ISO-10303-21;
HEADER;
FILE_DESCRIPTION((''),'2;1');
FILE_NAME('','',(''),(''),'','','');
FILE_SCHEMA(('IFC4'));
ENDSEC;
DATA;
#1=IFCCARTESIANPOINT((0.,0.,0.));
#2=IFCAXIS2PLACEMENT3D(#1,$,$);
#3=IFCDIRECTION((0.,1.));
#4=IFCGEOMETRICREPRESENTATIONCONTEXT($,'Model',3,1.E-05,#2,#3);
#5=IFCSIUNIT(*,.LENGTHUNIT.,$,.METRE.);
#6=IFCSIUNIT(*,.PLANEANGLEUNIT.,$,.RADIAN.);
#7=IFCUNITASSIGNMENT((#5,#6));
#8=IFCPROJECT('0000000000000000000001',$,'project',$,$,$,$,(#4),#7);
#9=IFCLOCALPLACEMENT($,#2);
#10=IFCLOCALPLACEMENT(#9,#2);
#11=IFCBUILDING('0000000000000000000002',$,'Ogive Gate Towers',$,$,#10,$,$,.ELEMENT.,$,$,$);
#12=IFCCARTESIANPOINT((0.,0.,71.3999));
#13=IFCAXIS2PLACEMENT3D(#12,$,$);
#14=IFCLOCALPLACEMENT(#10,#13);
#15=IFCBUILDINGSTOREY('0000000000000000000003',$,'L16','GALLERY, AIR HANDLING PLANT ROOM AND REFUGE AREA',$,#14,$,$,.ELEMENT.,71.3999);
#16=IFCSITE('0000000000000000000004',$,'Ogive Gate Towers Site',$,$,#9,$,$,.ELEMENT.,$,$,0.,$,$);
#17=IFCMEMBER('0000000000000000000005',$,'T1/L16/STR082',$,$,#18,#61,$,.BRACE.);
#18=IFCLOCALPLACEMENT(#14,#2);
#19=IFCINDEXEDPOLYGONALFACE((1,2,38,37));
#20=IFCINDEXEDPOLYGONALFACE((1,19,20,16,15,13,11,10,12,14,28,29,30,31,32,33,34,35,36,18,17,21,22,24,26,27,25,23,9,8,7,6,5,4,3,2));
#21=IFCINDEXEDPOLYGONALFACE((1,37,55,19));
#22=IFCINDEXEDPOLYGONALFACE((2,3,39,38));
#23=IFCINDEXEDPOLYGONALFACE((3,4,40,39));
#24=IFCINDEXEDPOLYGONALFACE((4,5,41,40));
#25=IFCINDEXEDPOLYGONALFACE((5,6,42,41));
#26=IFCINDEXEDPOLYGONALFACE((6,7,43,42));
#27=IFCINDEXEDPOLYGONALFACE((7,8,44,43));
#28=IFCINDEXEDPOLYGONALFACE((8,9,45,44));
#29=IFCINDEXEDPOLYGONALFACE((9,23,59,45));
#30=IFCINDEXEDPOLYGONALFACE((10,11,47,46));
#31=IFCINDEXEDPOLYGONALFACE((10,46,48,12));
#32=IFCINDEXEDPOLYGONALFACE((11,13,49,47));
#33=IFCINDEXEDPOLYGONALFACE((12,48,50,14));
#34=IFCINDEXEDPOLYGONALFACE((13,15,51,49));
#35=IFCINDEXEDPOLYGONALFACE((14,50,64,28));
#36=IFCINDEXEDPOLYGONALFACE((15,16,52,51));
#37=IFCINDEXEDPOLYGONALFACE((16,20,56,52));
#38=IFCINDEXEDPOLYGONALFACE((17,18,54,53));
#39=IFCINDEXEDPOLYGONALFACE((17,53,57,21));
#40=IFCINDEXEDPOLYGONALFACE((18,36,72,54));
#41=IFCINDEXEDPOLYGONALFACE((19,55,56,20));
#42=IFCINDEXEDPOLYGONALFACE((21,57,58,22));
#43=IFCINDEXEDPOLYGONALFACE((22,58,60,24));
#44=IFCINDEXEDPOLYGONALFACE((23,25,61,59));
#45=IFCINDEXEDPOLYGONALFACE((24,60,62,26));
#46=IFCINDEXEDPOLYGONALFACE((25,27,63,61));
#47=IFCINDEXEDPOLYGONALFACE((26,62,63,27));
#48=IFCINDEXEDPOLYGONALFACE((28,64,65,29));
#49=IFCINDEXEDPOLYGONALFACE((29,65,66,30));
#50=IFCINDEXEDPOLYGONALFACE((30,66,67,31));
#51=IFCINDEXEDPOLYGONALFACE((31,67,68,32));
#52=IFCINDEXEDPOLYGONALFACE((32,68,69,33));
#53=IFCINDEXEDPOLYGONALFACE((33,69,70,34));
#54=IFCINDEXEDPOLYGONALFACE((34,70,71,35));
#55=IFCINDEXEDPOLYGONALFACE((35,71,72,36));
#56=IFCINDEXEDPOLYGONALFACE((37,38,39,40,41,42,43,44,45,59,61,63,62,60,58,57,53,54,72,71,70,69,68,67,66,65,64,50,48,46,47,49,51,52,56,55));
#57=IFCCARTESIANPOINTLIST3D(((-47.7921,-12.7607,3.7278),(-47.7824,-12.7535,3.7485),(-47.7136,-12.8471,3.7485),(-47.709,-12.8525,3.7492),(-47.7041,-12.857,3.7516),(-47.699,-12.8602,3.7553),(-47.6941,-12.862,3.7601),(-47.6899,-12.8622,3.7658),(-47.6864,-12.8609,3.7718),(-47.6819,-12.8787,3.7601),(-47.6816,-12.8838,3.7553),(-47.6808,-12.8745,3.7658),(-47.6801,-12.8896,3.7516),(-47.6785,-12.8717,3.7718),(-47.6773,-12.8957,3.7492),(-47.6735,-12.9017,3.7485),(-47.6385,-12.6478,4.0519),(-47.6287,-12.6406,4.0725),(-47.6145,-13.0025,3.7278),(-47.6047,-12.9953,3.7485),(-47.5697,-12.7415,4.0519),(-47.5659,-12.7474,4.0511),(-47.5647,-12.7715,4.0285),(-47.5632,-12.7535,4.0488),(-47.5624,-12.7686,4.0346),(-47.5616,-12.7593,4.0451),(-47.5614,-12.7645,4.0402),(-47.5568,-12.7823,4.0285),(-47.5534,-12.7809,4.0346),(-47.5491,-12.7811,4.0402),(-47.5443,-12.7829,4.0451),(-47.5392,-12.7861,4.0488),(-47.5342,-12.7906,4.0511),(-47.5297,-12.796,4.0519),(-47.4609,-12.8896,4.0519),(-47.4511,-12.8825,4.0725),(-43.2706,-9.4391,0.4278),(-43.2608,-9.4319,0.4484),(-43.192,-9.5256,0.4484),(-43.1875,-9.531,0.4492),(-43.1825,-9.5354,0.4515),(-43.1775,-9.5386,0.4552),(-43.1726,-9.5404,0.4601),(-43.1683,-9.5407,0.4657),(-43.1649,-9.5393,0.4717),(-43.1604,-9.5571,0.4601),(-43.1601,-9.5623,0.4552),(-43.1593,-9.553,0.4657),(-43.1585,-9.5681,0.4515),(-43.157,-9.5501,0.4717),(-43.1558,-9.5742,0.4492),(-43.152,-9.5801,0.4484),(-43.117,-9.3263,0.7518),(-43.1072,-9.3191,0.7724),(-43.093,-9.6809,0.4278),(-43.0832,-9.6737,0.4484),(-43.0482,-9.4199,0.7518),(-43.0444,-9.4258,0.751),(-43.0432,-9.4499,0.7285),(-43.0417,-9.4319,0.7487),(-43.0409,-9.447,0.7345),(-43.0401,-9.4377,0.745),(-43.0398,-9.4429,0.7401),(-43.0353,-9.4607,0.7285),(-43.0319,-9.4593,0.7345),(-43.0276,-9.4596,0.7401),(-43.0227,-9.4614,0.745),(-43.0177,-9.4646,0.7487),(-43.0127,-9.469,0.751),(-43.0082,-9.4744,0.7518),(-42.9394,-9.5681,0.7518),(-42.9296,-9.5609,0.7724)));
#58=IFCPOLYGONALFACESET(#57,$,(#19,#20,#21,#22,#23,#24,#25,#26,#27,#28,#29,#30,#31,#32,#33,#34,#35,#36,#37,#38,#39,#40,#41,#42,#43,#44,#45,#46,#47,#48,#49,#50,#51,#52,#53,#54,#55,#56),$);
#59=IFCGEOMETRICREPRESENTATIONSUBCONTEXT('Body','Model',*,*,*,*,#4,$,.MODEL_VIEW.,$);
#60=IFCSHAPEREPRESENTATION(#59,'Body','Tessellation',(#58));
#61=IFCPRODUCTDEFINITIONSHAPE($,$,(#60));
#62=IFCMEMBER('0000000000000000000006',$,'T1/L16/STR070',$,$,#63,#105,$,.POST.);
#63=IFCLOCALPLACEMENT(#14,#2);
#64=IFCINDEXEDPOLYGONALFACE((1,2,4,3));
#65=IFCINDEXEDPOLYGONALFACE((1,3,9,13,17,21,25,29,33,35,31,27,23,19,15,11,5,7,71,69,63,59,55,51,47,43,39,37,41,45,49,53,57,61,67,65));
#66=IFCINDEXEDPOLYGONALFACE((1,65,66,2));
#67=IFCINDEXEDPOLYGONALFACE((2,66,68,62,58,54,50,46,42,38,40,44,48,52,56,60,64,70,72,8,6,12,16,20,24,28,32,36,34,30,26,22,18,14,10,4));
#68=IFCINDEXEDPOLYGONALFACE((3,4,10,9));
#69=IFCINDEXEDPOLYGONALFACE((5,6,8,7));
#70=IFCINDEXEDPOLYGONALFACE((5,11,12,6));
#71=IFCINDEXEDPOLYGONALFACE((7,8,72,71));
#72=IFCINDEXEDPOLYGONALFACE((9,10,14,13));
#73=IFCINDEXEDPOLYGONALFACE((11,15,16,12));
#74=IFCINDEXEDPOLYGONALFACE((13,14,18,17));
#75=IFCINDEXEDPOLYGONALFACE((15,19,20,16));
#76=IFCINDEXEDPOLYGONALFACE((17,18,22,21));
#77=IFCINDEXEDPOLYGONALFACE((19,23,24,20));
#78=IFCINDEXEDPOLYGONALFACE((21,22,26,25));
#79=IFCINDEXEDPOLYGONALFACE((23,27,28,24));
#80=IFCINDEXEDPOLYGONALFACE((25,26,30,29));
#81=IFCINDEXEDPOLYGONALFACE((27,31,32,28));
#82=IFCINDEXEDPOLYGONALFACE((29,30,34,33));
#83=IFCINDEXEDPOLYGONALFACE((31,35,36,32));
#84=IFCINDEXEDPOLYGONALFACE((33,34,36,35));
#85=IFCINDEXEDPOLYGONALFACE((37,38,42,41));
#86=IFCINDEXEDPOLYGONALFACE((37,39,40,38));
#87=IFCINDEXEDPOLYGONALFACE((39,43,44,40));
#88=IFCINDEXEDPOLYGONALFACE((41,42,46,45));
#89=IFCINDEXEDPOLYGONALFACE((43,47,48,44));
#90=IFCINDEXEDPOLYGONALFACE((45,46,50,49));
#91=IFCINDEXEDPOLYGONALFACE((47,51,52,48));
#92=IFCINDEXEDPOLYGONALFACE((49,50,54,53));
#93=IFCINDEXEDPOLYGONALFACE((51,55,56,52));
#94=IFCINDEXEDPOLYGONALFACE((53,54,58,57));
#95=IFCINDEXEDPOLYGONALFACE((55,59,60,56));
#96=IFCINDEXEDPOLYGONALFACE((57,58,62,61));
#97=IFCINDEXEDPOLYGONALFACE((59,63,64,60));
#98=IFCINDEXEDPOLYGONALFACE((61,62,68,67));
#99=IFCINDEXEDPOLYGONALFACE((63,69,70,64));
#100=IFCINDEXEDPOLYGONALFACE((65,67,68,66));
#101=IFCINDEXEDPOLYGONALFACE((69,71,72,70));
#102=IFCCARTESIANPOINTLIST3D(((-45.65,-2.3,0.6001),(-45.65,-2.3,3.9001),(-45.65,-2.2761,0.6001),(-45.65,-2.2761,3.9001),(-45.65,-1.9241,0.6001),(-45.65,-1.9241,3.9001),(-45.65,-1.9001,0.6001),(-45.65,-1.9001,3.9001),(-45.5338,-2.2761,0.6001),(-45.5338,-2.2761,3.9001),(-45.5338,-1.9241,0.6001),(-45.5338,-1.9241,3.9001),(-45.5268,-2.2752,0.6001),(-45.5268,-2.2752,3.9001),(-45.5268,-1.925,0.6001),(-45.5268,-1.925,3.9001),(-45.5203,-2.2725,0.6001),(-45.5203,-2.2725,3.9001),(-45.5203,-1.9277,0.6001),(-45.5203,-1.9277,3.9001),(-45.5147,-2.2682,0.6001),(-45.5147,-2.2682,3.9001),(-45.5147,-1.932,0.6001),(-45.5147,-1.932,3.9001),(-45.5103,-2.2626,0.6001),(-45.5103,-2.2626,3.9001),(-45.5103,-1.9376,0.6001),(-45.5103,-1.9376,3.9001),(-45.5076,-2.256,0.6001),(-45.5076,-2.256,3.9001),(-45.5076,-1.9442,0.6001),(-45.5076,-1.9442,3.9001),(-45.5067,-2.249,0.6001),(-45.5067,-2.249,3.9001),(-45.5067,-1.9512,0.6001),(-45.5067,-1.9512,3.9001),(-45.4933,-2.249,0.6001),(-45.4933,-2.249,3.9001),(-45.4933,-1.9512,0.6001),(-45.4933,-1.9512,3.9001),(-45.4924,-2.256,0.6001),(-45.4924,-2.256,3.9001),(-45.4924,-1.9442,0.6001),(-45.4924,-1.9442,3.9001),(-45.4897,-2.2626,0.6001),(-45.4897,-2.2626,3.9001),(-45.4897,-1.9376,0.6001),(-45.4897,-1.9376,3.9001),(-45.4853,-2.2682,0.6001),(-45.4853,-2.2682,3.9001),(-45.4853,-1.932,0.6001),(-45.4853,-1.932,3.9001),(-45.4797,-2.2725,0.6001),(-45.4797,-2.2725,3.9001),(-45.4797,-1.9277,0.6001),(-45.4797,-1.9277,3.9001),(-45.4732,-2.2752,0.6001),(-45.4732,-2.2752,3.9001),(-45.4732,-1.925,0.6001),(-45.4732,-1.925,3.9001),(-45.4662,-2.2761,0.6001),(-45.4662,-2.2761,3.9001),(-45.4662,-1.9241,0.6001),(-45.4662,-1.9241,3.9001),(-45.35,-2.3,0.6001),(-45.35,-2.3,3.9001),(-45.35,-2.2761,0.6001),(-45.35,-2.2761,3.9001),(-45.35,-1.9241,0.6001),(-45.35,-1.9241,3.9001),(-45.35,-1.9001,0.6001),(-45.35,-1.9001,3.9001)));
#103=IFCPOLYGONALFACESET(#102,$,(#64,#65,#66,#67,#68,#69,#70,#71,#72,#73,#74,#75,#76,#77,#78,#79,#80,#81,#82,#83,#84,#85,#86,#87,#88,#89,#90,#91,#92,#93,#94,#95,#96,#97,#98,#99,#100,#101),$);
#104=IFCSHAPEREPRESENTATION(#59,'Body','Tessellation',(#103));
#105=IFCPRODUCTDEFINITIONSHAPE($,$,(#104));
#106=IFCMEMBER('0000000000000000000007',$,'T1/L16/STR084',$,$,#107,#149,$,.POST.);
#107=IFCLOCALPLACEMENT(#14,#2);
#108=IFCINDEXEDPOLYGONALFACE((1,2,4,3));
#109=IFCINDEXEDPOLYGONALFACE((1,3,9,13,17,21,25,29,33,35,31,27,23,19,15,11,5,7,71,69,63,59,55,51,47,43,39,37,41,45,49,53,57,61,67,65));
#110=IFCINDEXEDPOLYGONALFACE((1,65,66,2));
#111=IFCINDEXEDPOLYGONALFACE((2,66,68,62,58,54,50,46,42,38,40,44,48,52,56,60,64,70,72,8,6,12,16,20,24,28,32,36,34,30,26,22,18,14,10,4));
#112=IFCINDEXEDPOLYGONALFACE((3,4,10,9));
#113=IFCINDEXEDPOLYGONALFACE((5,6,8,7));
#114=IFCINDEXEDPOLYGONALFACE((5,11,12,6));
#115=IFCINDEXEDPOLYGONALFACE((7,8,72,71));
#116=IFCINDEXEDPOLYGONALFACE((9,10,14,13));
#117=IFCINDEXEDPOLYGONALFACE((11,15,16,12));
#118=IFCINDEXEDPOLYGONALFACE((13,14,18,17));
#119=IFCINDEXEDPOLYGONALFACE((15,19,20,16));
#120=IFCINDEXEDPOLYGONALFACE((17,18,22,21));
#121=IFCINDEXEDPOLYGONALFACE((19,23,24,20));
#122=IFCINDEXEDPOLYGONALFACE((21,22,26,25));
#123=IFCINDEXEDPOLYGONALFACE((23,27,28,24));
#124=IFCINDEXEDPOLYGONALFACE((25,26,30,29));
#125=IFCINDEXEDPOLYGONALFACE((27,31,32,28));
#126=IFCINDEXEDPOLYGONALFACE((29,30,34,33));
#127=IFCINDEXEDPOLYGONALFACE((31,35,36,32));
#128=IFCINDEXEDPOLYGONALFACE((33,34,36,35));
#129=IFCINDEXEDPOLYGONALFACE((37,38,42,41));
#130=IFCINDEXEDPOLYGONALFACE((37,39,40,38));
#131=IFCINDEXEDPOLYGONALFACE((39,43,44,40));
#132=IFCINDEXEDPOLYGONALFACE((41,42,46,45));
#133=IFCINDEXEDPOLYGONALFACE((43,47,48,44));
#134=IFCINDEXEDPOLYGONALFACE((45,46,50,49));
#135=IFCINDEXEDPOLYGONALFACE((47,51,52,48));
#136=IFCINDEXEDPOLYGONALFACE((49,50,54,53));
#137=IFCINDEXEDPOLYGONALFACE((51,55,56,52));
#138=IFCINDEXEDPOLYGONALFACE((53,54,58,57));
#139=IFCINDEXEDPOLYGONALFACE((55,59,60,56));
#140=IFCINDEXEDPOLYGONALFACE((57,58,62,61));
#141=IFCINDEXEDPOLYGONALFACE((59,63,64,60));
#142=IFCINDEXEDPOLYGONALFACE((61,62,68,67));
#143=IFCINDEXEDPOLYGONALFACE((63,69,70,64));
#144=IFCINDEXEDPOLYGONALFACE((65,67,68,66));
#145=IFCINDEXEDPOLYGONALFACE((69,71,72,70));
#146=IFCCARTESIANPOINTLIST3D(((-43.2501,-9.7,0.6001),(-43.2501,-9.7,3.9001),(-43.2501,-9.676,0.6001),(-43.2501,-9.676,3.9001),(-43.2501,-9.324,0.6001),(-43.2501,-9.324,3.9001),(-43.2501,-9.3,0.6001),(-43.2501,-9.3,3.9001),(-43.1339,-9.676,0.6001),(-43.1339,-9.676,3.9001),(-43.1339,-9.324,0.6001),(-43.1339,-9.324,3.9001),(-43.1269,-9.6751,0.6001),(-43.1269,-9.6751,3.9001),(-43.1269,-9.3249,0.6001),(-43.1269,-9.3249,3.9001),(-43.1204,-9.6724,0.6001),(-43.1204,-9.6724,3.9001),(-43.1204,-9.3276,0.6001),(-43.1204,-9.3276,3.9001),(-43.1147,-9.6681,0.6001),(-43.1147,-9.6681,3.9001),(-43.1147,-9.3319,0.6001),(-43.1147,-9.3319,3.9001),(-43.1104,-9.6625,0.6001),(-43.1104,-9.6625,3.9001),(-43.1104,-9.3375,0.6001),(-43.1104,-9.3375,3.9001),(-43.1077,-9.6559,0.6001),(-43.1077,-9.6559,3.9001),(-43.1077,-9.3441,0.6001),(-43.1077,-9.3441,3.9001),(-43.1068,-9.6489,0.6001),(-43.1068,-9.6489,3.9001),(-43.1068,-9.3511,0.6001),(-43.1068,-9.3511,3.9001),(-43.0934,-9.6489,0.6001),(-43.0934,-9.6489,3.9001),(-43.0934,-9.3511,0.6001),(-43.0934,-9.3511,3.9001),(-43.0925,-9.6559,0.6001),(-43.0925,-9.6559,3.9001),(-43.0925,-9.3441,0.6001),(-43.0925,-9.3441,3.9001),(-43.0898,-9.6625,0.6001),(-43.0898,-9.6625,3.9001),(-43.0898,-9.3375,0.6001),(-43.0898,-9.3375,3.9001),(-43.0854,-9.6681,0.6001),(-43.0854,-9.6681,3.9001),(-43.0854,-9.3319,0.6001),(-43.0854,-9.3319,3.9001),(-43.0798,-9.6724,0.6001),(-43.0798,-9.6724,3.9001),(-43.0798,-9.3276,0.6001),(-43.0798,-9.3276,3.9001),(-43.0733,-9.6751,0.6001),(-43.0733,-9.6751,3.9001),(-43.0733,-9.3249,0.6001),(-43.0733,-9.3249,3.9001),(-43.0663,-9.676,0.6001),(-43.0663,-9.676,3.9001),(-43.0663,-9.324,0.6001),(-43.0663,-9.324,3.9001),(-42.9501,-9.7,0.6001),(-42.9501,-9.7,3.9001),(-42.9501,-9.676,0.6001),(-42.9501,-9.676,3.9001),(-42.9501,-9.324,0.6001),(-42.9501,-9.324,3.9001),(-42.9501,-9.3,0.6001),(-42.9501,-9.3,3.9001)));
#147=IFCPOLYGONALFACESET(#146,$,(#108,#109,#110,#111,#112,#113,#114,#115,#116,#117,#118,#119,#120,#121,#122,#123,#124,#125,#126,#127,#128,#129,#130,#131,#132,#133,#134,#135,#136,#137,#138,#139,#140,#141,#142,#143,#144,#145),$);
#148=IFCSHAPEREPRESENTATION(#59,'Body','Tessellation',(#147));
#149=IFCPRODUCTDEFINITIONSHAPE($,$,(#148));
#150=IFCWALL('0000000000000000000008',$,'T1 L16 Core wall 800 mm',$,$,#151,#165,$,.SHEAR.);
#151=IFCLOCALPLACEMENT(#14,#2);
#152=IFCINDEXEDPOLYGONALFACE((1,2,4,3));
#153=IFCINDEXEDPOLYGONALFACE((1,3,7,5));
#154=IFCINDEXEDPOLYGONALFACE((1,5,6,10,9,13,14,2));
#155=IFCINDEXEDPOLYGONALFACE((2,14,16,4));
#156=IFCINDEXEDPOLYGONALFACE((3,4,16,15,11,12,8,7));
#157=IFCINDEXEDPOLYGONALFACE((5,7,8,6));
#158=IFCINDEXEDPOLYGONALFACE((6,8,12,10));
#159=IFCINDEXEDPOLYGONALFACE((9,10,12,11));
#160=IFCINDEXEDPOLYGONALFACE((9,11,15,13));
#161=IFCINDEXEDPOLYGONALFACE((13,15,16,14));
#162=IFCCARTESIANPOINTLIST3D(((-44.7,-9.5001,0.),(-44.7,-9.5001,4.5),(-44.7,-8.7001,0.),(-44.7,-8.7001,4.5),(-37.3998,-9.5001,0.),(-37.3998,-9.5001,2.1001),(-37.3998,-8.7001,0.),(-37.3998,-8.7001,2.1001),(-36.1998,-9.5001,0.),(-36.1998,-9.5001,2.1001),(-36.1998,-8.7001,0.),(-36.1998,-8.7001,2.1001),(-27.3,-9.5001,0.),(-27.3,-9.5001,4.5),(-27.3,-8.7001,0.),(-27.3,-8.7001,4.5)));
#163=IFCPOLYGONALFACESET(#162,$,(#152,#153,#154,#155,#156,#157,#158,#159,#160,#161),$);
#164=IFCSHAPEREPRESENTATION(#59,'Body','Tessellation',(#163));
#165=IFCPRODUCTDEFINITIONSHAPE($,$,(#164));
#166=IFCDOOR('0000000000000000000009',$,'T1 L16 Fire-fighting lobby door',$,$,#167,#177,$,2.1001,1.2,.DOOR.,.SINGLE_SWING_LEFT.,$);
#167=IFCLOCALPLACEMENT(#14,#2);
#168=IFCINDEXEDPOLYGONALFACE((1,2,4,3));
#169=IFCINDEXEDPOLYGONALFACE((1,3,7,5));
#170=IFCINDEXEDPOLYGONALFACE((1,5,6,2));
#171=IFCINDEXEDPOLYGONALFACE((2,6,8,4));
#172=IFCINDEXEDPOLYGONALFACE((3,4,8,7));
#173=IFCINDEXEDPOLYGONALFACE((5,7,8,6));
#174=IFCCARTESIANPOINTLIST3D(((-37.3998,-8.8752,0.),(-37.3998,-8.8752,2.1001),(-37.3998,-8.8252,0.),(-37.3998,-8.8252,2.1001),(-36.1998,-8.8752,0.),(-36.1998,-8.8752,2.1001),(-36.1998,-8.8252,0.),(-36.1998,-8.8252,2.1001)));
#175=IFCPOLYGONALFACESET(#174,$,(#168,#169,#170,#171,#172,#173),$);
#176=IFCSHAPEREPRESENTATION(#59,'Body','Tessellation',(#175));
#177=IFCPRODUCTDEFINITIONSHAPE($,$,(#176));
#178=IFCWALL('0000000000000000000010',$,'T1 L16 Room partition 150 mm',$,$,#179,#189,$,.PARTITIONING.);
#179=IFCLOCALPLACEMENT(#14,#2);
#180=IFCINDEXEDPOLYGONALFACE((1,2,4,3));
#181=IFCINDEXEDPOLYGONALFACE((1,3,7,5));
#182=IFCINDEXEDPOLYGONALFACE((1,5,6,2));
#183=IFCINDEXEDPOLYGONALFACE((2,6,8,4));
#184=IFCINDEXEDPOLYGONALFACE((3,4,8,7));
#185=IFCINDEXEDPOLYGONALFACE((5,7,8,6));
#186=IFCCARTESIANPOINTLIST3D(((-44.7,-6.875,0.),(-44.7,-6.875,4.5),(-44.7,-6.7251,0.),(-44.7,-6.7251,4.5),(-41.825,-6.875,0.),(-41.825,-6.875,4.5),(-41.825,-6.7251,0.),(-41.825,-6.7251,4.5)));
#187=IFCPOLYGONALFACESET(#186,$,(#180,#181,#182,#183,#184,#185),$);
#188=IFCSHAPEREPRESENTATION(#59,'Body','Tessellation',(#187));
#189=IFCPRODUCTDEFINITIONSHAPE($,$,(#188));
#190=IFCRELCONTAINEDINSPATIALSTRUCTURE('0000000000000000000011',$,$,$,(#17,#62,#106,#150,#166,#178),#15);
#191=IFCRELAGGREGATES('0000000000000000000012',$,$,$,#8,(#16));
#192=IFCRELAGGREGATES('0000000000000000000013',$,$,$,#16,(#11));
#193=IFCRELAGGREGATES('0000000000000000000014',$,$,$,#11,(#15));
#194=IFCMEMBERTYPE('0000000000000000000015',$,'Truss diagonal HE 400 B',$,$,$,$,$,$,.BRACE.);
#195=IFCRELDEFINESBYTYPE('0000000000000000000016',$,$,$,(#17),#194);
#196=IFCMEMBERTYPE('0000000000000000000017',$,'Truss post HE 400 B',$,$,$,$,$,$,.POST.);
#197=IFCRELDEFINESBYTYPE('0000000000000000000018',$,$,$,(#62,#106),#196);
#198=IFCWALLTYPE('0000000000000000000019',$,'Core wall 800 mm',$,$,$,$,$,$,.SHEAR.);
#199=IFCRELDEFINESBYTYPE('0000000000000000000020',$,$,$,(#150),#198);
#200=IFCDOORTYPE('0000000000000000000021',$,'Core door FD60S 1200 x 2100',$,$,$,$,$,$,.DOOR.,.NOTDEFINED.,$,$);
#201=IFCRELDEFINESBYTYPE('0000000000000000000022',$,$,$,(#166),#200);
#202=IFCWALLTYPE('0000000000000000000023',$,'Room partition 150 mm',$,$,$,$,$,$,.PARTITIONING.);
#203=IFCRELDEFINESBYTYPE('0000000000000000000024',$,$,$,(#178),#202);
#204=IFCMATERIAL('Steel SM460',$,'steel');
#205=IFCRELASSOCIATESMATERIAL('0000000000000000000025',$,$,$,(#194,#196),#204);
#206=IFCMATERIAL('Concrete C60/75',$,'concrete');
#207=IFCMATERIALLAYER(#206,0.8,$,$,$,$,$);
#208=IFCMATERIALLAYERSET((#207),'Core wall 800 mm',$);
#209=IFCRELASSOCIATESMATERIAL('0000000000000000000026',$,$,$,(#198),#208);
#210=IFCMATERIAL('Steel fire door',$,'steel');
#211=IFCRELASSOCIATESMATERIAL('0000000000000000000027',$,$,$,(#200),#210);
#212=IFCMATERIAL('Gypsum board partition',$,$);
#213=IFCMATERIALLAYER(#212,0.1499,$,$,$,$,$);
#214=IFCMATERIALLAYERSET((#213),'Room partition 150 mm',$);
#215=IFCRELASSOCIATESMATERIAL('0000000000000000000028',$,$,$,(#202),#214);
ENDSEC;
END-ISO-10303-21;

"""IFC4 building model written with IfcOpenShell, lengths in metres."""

from ifc_helpers import new_model, si_unit, direction, frame, frame_2d, origin, origin_2d, place, context, subcontext, project, spatial, rectangle, i_section, extrude, material, layer, layer_set, material_profile, profile_set, type_object, element, fill, save


model = new_model("IFC4")

# Units and contexts
model_context = context("Model", 3, precision=1e-05, world=origin(), true_north=direction((0.0, 1.0)))
body_context = subcontext(model_context, "Body", "Model", "MODEL_VIEW")
ifc_project = project(units=[si_unit("LENGTHUNIT", "METRE"), si_unit("PLANEANGLEUNIT", "RADIAN")], contexts=[model_context])

# Site, building, storey
site_placement = place(None, origin())
site = spatial("IfcSite", under=ifc_project, at=site_placement, Name="Ogive Gate Towers Site", CompositionType="ELEMENT", RefElevation=0.0)
building_placement = place(site_placement, origin())
building = spatial("IfcBuilding", under=site, at=building_placement, Name="Ogive Gate Towers", CompositionType="ELEMENT")
storey_placement = place(building_placement, frame((0.0, 0.0, 71.3999)))
storey = spatial("IfcBuildingStorey", under=building, at=storey_placement, Name="L16", Description="GALLERY, AIR HANDLING PLANT ROOM AND REFUGE AREA", CompositionType="ELEMENT", Elevation=71.3999)

# Shared definitions
ifc_material_1 = material(Name="Steel SM460", Category="steel")

# Members
ifc_material_profile_1 = material_profile(ifc_material_1, i_section(OverallWidth=0.3, OverallDepth=0.3999, WebThickness=0.0134, FlangeThickness=0.0239, FilletRadius=0.0271, at=origin_2d()), Name="HE 400 B")
ifc_profile_set_1 = profile_set([ifc_material_profile_1], Name="Steel SM460")
member_type_1 = type_object("IfcMemberType", Name="Truss diagonal HE 400 B", PredefinedType="BRACE", material=ifc_profile_set_1)
member_1_placement = place(storey_placement, frame((-43.1001, -9.5, 0.6001), z_axis=(-0.694654, -0.510301, 0.507), x_axis=(0.592033, -0.805914, 0.0)))
element("IfcMember", 1, at=member_1_placement, inside=storey, type_object=member_type_1, Name="T1/L16/STR082", PredefinedType="BRACE", context=body_context, shape_type="SweptSolid", body=[
    extrude(i_section(OverallWidth=0.3, OverallDepth=0.3999, WebThickness=0.0134, FlangeThickness=0.0239, FilletRadius=0.0271, at=origin_2d()), origin(), (0.0, 0.0, 1.0), 6.509),
])
ifc_material_profile_2 = material_profile(ifc_material_1, i_section(OverallWidth=0.3, OverallDepth=0.3999, WebThickness=0.0134, FlangeThickness=0.0239, FilletRadius=0.0271, at=origin_2d()), Name="HE 400 B")
ifc_profile_set_2 = profile_set([ifc_material_profile_2], Name="Steel SM460")
member_type_2 = type_object("IfcMemberType", Name="Truss post HE 400 B", PredefinedType="POST", material=ifc_profile_set_2)
for number, where, z_axis, x_axis, name in (
    (2, (-45.5, -2.1001, 0.6001), (0.0, 0.0, 1.0), (1.0, 0.0, 0.0), "T1/L16/STR070"),
    (3, (-43.1001, -9.5, 0.6001), (0.0, 0.0, 1.0), (1.0, 0.0, 0.0), "T1/L16/STR084"),
):
    element("IfcMember", number, at=place(storey_placement, frame(where, z_axis=z_axis, x_axis=x_axis)), inside=storey, type_object=member_type_2, Name=name, PredefinedType="POST", context=body_context, shape_type="SweptSolid", body=[
        extrude(i_section(OverallWidth=0.3, OverallDepth=0.3999, WebThickness=0.0134, FlangeThickness=0.0239, FilletRadius=0.0271, at=origin_2d()), origin(), (0.0, 0.0, 1.0), 3.3),
    ])

# Wall, opening, door
ifc_material_2 = material(Name="Concrete C60/75", Category="concrete")
ifc_layer_1 = layer(ifc_material_2, 0.8)
ifc_layer_set_1 = layer_set([ifc_layer_1], Name="Core wall 800 mm")
wall_type_1 = type_object("IfcWallType", Name="Core wall 800 mm", PredefinedType="SHEAR", material=ifc_layer_set_1)
wall_1_placement = place(storey_placement, frame((-44.7, -9.1001, 0.0), z_axis=(0.0, 0.0, 1.0), x_axis=(1.0, 0.0, 0.0)))
wall_1 = element("IfcWall", 4, at=wall_1_placement, inside=storey, type_object=wall_type_1, Name="T1 L16 Core wall 800 mm", PredefinedType="SHEAR", context=body_context, shape_type="SweptSolid", body=[
    extrude(rectangle(XDim=17.3999, YDim=0.8, at=frame_2d((8.7, 0.0))), origin(), (0.0, 0.0, 1.0), 4.5),
])
opening_1_placement = place(wall_1_placement, frame((7.3, 0.0, 0.0)))
opening_1 = element("IfcOpeningElement", 5, at=opening_1_placement, cuts=wall_1, PredefinedType="OPENING", context=body_context, shape_type="SweptSolid", body=[
    extrude(rectangle(XDim=1.2, YDim=2.1001, at=frame_2d((0.6001, 1.05))), frame((0.0, 0.4102, 0.0), z_axis=(0.0, -1.0, 0.0), x_axis=(1.0, 0.0, 0.0)), (0.0, 0.0, 1.0), 0.8201),
])
ifc_material_3 = material(Name="Steel fire door", Category="steel")
door_type_1 = type_object("IfcDoorType", Name="Core door FD60S 1200 x 2100", OperationType="NOTDEFINED", PredefinedType="DOOR", material=ifc_material_3)
door_1_placement = place(opening_1_placement, origin())
door_1 = element("IfcDoor", 6, at=door_1_placement, inside=storey, type_object=door_type_1, Name="T1 L16 Fire-fighting lobby door", OperationType="SINGLE_SWING_LEFT", OverallHeight=2.1001, OverallWidth=1.2, PredefinedType="DOOR", context=body_context, shape_type="SweptSolid", body=[
    extrude(rectangle(XDim=1.2, YDim=2.1001, at=frame_2d((0.6001, 1.05))), frame((0.0, 0.2749, 0.0), z_axis=(0.0, -1.0, 0.0), x_axis=(1.0, 0.0, 0.0)), (0.0, 0.0, 1.0), 0.05),
])
fill(opening_1, door_1)

# Wall
ifc_material_4 = material(Name="Gypsum board partition")
ifc_layer_2 = layer(ifc_material_4, 0.1499)
ifc_layer_set_2 = layer_set([ifc_layer_2], Name="Room partition 150 mm")
wall_type_2 = type_object("IfcWallType", Name="Room partition 150 mm", PredefinedType="PARTITIONING", material=ifc_layer_set_2)
wall_2_placement = place(storey_placement, frame((-44.7, -6.8, 0.0), z_axis=(0.0, 0.0, 1.0), x_axis=(1.0, 0.0, 0.0)))
element("IfcWall", 7, at=wall_2_placement, inside=storey, type_object=wall_type_2, Name="T1 L16 Room partition 150 mm", PredefinedType="PARTITIONING", context=body_context, shape_type="SweptSolid", body=[
    extrude(rectangle(XDim=2.875, YDim=0.1499, at=frame_2d((1.4375, 0.0))), origin(), (0.0, 0.0, 1.0), 4.5),
])

save(model, "model.ifc")
